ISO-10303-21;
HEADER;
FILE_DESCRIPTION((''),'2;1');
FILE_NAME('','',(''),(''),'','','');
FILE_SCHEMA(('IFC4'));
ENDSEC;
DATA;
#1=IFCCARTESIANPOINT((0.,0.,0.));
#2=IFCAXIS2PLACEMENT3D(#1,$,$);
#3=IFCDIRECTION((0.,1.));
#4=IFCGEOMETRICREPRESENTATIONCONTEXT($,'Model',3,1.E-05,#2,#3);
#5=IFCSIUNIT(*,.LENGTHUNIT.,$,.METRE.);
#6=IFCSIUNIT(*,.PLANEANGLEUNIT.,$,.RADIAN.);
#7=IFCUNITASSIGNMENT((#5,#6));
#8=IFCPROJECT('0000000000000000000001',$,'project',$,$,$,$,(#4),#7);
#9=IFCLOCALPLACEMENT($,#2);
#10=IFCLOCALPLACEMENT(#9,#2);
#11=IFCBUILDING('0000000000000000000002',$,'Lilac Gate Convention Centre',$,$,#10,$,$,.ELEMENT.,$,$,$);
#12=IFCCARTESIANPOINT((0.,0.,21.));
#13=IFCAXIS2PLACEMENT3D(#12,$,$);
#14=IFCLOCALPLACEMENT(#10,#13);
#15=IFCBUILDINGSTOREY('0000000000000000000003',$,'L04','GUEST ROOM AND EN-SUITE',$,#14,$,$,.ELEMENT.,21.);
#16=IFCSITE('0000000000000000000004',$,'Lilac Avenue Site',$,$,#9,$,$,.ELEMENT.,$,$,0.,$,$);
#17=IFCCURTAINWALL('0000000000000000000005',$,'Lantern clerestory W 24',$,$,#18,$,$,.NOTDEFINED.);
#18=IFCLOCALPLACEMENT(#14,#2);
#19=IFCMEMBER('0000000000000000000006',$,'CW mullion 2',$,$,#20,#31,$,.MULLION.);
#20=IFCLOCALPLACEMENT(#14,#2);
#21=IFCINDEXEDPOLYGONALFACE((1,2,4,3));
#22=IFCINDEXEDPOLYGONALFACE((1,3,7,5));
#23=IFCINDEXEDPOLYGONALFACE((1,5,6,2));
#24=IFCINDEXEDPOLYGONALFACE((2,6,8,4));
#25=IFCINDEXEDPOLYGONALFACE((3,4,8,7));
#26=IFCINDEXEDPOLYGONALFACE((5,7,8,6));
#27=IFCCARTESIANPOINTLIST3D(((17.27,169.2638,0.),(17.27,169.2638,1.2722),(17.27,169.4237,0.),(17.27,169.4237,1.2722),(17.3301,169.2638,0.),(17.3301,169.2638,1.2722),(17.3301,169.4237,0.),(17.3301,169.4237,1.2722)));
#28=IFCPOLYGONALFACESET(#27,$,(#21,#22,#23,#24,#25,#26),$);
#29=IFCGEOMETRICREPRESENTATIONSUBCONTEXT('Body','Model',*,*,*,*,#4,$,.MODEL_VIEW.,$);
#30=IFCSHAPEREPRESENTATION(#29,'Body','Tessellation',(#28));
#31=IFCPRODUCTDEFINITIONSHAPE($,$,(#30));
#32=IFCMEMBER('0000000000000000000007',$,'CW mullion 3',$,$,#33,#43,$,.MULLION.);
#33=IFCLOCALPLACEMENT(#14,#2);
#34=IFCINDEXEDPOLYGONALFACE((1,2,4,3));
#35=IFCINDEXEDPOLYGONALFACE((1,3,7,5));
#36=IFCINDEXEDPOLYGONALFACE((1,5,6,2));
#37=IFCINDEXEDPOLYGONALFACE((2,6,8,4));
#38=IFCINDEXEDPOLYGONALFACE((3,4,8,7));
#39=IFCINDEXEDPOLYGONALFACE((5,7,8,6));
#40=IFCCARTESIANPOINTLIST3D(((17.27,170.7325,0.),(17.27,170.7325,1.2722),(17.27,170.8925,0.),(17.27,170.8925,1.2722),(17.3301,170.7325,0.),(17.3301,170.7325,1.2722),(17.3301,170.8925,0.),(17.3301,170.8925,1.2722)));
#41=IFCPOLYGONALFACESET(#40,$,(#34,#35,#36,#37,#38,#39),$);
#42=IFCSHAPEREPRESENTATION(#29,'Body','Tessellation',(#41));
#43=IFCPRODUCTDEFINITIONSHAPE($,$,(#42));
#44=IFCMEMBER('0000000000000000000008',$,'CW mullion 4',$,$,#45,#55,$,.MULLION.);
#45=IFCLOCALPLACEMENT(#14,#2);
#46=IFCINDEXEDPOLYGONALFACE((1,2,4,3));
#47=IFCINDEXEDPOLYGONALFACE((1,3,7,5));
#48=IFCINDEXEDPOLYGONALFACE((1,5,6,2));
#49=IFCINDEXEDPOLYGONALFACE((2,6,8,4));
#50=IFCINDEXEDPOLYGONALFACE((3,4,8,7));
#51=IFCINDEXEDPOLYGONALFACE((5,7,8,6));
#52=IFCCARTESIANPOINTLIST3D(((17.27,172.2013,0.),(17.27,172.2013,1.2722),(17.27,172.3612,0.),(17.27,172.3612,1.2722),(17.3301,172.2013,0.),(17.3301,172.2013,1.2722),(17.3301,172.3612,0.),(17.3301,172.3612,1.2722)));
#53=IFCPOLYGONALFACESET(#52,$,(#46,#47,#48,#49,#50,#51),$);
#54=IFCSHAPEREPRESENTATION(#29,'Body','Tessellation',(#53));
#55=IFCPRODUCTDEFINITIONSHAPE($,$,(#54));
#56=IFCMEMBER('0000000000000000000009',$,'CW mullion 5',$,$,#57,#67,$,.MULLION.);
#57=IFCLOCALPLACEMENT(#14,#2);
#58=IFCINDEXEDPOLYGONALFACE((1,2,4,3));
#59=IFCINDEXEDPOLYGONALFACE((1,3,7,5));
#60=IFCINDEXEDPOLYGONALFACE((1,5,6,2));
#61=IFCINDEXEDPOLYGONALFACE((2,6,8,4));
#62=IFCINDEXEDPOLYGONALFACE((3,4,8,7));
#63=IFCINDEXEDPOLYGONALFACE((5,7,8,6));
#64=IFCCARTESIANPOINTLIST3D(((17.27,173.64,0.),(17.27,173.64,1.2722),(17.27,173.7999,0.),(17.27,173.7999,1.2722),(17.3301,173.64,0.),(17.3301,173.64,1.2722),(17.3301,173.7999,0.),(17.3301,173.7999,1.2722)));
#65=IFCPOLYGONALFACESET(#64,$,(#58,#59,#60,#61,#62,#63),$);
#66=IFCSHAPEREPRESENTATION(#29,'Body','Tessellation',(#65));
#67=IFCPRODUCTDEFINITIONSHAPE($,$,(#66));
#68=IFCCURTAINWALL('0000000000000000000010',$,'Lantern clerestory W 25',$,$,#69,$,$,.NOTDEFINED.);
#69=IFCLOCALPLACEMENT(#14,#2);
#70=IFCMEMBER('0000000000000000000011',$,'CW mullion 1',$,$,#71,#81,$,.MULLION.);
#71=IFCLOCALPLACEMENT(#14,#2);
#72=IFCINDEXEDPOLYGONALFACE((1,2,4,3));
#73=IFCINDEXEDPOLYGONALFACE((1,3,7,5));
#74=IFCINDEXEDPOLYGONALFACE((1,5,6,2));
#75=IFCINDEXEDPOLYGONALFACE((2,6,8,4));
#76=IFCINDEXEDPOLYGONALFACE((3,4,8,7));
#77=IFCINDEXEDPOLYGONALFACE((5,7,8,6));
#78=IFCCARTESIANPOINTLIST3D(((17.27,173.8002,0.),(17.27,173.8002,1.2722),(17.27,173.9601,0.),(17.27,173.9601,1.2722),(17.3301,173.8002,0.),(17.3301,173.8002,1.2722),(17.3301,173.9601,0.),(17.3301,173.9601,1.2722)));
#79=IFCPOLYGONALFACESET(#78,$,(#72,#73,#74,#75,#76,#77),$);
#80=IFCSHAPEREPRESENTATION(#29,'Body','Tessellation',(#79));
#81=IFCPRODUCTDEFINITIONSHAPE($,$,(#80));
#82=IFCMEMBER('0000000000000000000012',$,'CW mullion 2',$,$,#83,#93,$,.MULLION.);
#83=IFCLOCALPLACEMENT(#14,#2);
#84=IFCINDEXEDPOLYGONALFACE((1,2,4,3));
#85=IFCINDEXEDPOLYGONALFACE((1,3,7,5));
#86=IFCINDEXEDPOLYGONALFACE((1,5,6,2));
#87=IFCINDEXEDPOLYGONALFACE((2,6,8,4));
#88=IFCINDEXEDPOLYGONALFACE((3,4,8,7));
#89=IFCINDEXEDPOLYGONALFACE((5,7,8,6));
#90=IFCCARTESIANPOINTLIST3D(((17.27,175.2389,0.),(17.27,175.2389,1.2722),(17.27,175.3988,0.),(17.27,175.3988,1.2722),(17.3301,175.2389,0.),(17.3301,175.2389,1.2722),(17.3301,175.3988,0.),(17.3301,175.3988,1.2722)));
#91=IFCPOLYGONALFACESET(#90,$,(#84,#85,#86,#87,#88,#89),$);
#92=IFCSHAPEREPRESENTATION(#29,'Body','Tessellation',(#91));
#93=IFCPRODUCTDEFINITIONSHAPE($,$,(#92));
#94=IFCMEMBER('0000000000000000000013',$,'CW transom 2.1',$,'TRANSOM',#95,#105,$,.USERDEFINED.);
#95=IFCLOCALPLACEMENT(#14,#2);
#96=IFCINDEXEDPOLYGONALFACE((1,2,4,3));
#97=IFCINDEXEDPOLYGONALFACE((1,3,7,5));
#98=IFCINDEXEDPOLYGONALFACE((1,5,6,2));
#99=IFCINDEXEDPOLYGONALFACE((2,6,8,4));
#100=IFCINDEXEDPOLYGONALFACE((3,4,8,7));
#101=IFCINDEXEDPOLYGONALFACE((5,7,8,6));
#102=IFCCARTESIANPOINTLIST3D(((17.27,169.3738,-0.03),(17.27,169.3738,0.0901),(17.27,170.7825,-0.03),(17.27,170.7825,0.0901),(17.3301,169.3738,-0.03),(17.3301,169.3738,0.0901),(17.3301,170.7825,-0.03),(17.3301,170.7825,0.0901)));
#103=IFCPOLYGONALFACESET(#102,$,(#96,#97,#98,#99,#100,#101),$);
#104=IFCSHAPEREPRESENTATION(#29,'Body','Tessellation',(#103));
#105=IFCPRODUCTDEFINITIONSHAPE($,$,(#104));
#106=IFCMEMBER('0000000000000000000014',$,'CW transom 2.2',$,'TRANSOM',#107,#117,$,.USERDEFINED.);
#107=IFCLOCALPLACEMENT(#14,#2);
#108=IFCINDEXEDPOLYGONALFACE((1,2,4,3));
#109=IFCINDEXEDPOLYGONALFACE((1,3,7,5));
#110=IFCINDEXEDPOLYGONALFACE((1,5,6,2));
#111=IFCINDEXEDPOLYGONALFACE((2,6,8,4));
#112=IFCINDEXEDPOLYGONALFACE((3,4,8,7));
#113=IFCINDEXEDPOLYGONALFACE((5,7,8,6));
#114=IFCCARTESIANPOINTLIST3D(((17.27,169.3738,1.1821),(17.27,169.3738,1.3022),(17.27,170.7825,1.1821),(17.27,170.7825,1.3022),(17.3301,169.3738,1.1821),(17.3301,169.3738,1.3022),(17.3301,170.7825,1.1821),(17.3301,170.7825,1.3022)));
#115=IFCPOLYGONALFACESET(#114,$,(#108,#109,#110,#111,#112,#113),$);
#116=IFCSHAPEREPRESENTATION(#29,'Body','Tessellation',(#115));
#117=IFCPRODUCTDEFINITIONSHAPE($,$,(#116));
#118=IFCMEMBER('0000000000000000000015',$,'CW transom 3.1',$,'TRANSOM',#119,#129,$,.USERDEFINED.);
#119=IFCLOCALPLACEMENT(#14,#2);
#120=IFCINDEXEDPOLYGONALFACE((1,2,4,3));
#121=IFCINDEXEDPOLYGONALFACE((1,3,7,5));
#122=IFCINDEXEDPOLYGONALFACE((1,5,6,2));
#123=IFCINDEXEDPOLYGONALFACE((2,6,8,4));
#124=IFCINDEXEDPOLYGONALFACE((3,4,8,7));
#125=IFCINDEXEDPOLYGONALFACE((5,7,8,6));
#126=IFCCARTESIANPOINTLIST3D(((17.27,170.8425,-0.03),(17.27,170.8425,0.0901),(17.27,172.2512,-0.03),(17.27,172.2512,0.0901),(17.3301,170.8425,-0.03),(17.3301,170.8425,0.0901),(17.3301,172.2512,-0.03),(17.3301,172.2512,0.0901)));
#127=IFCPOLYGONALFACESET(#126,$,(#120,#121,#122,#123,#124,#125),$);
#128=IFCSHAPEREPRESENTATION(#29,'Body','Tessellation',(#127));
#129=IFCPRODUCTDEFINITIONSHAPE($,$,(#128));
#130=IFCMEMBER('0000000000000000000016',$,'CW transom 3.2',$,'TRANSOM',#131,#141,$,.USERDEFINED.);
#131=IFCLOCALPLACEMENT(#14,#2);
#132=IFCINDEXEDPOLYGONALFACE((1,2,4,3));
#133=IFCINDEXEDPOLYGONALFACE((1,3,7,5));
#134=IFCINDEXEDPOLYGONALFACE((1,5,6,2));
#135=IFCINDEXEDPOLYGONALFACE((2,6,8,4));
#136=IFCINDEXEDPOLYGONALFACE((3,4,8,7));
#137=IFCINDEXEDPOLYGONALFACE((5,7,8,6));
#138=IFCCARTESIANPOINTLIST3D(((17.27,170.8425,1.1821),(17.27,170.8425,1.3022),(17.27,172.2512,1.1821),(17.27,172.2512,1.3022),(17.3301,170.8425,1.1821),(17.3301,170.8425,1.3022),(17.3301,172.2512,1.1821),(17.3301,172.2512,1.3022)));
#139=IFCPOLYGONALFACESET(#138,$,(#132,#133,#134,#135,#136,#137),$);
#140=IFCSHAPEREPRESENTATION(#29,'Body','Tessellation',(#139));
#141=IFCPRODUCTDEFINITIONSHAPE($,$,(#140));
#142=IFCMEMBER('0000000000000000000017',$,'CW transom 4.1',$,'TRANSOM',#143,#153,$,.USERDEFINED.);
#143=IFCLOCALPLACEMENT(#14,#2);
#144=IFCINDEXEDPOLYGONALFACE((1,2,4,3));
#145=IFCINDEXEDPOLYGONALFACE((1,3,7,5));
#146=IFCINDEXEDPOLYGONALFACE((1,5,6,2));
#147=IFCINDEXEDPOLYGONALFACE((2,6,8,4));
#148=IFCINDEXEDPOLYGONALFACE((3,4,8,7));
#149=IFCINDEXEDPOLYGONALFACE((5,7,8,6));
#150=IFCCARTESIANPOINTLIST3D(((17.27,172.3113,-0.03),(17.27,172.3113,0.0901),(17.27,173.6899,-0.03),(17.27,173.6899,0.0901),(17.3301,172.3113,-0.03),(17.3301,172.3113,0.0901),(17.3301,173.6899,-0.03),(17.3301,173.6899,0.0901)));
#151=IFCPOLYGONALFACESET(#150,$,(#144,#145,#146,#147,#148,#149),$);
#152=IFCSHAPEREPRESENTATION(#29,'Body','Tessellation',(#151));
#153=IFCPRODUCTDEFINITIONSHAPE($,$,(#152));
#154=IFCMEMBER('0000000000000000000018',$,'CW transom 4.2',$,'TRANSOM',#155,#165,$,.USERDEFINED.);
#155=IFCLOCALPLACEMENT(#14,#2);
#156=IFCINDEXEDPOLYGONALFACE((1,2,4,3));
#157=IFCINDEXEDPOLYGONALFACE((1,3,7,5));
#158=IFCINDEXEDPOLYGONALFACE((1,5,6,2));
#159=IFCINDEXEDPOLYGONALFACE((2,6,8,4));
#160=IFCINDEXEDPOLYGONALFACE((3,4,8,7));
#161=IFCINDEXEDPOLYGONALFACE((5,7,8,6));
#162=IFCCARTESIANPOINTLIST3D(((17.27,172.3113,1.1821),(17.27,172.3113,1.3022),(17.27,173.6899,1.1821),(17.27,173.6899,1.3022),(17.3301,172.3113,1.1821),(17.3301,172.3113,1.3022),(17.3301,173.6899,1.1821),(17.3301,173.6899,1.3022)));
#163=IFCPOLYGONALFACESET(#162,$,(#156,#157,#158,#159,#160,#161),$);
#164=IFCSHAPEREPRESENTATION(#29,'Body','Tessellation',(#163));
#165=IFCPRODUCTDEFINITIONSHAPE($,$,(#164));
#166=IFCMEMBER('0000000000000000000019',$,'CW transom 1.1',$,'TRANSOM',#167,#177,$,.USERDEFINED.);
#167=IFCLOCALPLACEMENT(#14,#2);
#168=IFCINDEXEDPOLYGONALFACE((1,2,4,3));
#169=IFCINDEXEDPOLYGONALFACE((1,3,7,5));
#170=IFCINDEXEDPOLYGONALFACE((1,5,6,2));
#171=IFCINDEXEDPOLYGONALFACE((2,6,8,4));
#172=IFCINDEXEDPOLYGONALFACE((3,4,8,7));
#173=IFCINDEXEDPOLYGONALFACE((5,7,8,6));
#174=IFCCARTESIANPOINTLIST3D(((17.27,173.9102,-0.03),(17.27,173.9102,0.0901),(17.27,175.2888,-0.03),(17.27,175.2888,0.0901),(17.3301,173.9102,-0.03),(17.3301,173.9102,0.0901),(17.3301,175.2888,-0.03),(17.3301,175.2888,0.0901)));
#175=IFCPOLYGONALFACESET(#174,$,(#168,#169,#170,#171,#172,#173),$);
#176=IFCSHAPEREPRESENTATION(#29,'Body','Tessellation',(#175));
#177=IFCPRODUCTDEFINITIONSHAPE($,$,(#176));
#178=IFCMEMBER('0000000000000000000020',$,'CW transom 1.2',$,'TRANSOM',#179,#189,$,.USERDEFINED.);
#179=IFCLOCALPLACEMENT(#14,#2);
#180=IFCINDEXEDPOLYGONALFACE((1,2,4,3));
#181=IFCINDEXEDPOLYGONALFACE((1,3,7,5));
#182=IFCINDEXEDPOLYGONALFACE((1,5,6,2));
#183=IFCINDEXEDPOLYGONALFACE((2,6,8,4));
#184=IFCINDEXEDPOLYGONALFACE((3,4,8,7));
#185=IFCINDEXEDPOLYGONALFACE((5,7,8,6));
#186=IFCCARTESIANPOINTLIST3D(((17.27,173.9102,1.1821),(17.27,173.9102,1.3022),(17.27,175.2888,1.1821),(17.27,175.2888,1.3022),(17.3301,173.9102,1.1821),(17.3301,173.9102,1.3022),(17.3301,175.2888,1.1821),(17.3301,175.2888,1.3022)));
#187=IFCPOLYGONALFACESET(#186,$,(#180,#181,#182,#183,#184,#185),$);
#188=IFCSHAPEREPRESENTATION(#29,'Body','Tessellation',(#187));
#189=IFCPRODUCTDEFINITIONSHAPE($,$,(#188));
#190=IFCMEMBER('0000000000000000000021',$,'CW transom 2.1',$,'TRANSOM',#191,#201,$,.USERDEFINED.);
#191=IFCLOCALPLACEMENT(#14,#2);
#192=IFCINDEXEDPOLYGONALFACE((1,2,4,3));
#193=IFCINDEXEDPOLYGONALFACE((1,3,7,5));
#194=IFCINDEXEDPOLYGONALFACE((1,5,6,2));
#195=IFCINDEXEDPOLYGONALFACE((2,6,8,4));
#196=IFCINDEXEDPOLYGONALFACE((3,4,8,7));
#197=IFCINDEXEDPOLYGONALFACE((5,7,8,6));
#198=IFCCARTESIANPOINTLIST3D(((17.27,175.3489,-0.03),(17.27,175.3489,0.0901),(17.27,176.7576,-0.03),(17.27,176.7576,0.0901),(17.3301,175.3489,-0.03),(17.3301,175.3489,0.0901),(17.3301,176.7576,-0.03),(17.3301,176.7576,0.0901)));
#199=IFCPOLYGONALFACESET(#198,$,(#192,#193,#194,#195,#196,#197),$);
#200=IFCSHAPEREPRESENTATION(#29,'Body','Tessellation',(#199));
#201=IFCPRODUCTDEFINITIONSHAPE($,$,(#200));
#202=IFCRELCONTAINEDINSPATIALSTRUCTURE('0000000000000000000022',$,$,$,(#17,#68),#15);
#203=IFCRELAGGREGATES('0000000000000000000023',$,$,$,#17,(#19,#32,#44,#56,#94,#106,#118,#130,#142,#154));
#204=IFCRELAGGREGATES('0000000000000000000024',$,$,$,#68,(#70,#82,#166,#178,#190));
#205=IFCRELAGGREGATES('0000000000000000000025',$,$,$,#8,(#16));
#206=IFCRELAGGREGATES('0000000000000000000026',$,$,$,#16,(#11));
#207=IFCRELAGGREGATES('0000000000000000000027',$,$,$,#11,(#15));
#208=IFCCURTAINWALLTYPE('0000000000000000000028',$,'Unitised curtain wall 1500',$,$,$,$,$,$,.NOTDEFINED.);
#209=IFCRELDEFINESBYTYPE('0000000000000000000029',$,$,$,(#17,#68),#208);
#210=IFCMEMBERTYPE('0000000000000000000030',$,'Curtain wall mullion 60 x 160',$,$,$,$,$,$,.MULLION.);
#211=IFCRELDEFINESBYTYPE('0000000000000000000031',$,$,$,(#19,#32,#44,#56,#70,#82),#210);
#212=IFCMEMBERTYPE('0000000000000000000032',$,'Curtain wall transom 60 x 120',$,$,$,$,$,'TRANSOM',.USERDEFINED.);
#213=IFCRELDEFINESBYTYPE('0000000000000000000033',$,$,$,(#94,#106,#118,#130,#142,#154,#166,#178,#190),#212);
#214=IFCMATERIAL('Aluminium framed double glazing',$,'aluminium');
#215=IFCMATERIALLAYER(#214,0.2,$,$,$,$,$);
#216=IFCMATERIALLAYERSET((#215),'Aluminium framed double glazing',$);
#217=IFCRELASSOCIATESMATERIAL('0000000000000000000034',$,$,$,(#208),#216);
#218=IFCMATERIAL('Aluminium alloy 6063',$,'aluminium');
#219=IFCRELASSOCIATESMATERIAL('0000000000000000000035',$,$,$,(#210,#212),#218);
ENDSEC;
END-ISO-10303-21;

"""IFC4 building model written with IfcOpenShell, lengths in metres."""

from ifc_helpers import new_model, si_unit, direction, frame, origin, origin_2d, place, context, subcontext, project, spatial, rectangle, extrude, material, layer, layer_set, material_profile, profile_set, type_object, element, aggregate, save


model = new_model("IFC4")

# Units and contexts
model_context = context("Model", 3, precision=1e-05, world=origin(), true_north=direction((0.0, 1.0)))
body_context = subcontext(model_context, "Body", "Model", "MODEL_VIEW")
ifc_project = project(units=[si_unit("LENGTHUNIT", "METRE"), si_unit("PLANEANGLEUNIT", "RADIAN")], contexts=[model_context])

# Site, building, storey
site_placement = place(None, origin())
site = spatial("IfcSite", under=ifc_project, at=site_placement, Name="Lilac Avenue Site", CompositionType="ELEMENT", RefElevation=0.0)
building_placement = place(site_placement, origin())
building = spatial("IfcBuilding", under=site, at=building_placement, Name="Lilac Gate Convention Centre", CompositionType="ELEMENT")
storey_placement = place(building_placement, frame((0.0, 0.0, 21.0)))
storey = spatial("IfcBuildingStorey", under=building, at=storey_placement, Name="L04", Description="GUEST ROOM AND EN-SUITE", CompositionType="ELEMENT", Elevation=21.0)

# Curtain walls, members
ifc_material_1 = material(Name="Aluminium framed double glazing", Category="aluminium")
ifc_layer_1 = layer(ifc_material_1, 0.2)
ifc_layer_set_1 = layer_set([ifc_layer_1], Name="Aluminium framed double glazing")
curtain_wall_type = type_object("IfcCurtainWallType", Name="Unitised curtain wall 1500", PredefinedType="NOTDEFINED", material=ifc_layer_set_1)
curtain_wall_1_placement = place(storey_placement, origin())
curtain_wall_1 = element("IfcCurtainWall", 1, at=curtain_wall_1_placement, inside=storey, type_object=curtain_wall_type, Name="Lantern clerestory W 24", PredefinedType="NOTDEFINED")
ifc_material_2 = material(Name="Aluminium alloy 6063", Category="aluminium")
ifc_material_profile_1 = material_profile(ifc_material_2, rectangle(XDim=0.0601, YDim=0.1599, at=origin_2d()), Name="Curtain wall mullion 60 x 160")
ifc_profile_set_1 = profile_set([ifc_material_profile_1], Name="Aluminium alloy 6063")
member_type_1 = type_object("IfcMemberType", Name="Curtain wall mullion 60 x 160", PredefinedType="MULLION", material=ifc_profile_set_1)
member_1_placement = place(storey_placement, frame((17.3, 169.3438, 0.0), z_axis=(0.0, 0.0, 1.0), x_axis=(-1.0, 0.0, 0.0)))
member_1 = element("IfcMember", 2, at=member_1_placement, type_object=member_type_1, Name="CW mullion 2", PredefinedType="MULLION", context=body_context, shape_type="SweptSolid", body=[
    extrude(rectangle(XDim=0.0601, YDim=0.1599, at=origin_2d()), origin(), (0.0, 0.0, 1.0), 1.2722),
])
member_2_placement = place(storey_placement, frame((17.3, 170.8125, 0.0), z_axis=(0.0, 0.0, 1.0), x_axis=(-1.0, 0.0, 0.0)))
member_2 = element("IfcMember", 3, at=member_2_placement, type_object=member_type_1, Name="CW mullion 3", PredefinedType="MULLION", context=body_context, shape_type="SweptSolid", body=[
    extrude(rectangle(XDim=0.0601, YDim=0.1599, at=origin_2d()), origin(), (0.0, 0.0, 1.0), 1.2722),
])
member_3_placement = place(storey_placement, frame((17.3, 172.2812, 0.0), z_axis=(0.0, 0.0, 1.0), x_axis=(-1.0, 0.0, 0.0)))
member_3 = element("IfcMember", 4, at=member_3_placement, type_object=member_type_1, Name="CW mullion 4", PredefinedType="MULLION", context=body_context, shape_type="SweptSolid", body=[
    extrude(rectangle(XDim=0.0601, YDim=0.1599, at=origin_2d()), origin(), (0.0, 0.0, 1.0), 1.2722),
])
member_4_placement = place(storey_placement, frame((17.3, 173.72, 0.0), z_axis=(0.0, 0.0, 1.0), x_axis=(-1.0, 0.0, 0.0)))
member_4 = element("IfcMember", 5, at=member_4_placement, type_object=member_type_1, Name="CW mullion 5", PredefinedType="MULLION", context=body_context, shape_type="SweptSolid", body=[
    extrude(rectangle(XDim=0.0601, YDim=0.1599, at=origin_2d()), origin(), (0.0, 0.0, 1.0), 1.2722),
])
curtain_wall_2_placement = place(storey_placement, origin())
curtain_wall_2 = element("IfcCurtainWall", 6, at=curtain_wall_2_placement, inside=storey, type_object=curtain_wall_type, Name="Lantern clerestory W 25", PredefinedType="NOTDEFINED")
member_5_placement = place(storey_placement, frame((17.3, 173.8801, 0.0), z_axis=(0.0, 0.0, 1.0), x_axis=(-1.0, 0.0, 0.0)))
member_5 = element("IfcMember", 7, at=member_5_placement, type_object=member_type_1, Name="CW mullion 1", PredefinedType="MULLION", context=body_context, shape_type="SweptSolid", body=[
    extrude(rectangle(XDim=0.0601, YDim=0.1599, at=origin_2d()), origin(), (0.0, 0.0, 1.0), 1.2722),
])
member_6_placement = place(storey_placement, frame((17.3, 175.3188, 0.0), z_axis=(0.0, 0.0, 1.0), x_axis=(-1.0, 0.0, 0.0)))
member_6 = element("IfcMember", 8, at=member_6_placement, type_object=member_type_1, Name="CW mullion 2", PredefinedType="MULLION", context=body_context, shape_type="SweptSolid", body=[
    extrude(rectangle(XDim=0.0601, YDim=0.1599, at=origin_2d()), origin(), (0.0, 0.0, 1.0), 1.2722),
])

# Members
ifc_material_profile_2 = material_profile(ifc_material_2, rectangle(XDim=0.0601, YDim=0.1201, at=origin_2d()), Name="Curtain wall transom 60 x 120")
ifc_profile_set_2 = profile_set([ifc_material_profile_2], Name="Aluminium alloy 6063")
member_type_2 = type_object("IfcMemberType", Name="Curtain wall transom 60 x 120", ElementType="TRANSOM", PredefinedType="USERDEFINED", material=ifc_profile_set_2)
member_7_placement = place(storey_placement, frame((17.3, 169.3738, 0.03), z_axis=(0.0, 1.0, 0.0), x_axis=(-1.0, 0.0, 0.0)))
member_7 = element("IfcMember", 9, at=member_7_placement, type_object=member_type_2, Name="CW transom 2.1", ObjectType="TRANSOM", PredefinedType="USERDEFINED", context=body_context, shape_type="SweptSolid", body=[
    extrude(rectangle(XDim=0.0601, YDim=0.1201, at=origin_2d()), origin(), (0.0, 0.0, 1.0), 1.4087),
])
member_8_placement = place(storey_placement, frame((17.3, 169.3738, 1.2422), z_axis=(0.0, 1.0, 0.0), x_axis=(-1.0, 0.0, 0.0)))
member_8 = element("IfcMember", 10, at=member_8_placement, type_object=member_type_2, Name="CW transom 2.2", ObjectType="TRANSOM", PredefinedType="USERDEFINED", context=body_context, shape_type="SweptSolid", body=[
    extrude(rectangle(XDim=0.0601, YDim=0.1201, at=origin_2d()), origin(), (0.0, 0.0, 1.0), 1.4087),
])
member_9_placement = place(storey_placement, frame((17.3, 170.8425, 0.03), z_axis=(0.0, 1.0, 0.0), x_axis=(-1.0, 0.0, 0.0)))
member_9 = element("IfcMember", 11, at=member_9_placement, type_object=member_type_2, Name="CW transom 3.1", ObjectType="TRANSOM", PredefinedType="USERDEFINED", context=body_context, shape_type="SweptSolid", body=[
    extrude(rectangle(XDim=0.0601, YDim=0.1201, at=origin_2d()), origin(), (0.0, 0.0, 1.0), 1.4087),
])
member_10_placement = place(storey_placement, frame((17.3, 170.8425, 1.2422), z_axis=(0.0, 1.0, 0.0), x_axis=(-1.0, 0.0, 0.0)))
member_10 = element("IfcMember", 12, at=member_10_placement, type_object=member_type_2, Name="CW transom 3.2", ObjectType="TRANSOM", PredefinedType="USERDEFINED", context=body_context, shape_type="SweptSolid", body=[
    extrude(rectangle(XDim=0.0601, YDim=0.1201, at=origin_2d()), origin(), (0.0, 0.0, 1.0), 1.4087),
])
member_11_placement = place(storey_placement, frame((17.3, 172.3113, 0.03), z_axis=(0.0, 1.0, 0.0), x_axis=(-1.0, 0.0, 0.0)))
member_11 = element("IfcMember", 13, at=member_11_placement, type_object=member_type_2, Name="CW transom 4.1", ObjectType="TRANSOM", PredefinedType="USERDEFINED", context=body_context, shape_type="SweptSolid", body=[
    extrude(rectangle(XDim=0.0601, YDim=0.1201, at=origin_2d()), origin(), (0.0, 0.0, 1.0), 1.3787),
])
member_12_placement = place(storey_placement, frame((17.3, 172.3113, 1.2422), z_axis=(0.0, 1.0, 0.0), x_axis=(-1.0, 0.0, 0.0)))
member_12 = element("IfcMember", 14, at=member_12_placement, type_object=member_type_2, Name="CW transom 4.2", ObjectType="TRANSOM", PredefinedType="USERDEFINED", context=body_context, shape_type="SweptSolid", body=[
    extrude(rectangle(XDim=0.0601, YDim=0.1201, at=origin_2d()), origin(), (0.0, 0.0, 1.0), 1.3787),
])
member_13_placement = place(storey_placement, frame((17.3, 173.9102, 0.03), z_axis=(0.0, 1.0, 0.0), x_axis=(-1.0, 0.0, 0.0)))
member_13 = element("IfcMember", 15, at=member_13_placement, type_object=member_type_2, Name="CW transom 1.1", ObjectType="TRANSOM", PredefinedType="USERDEFINED", context=body_context, shape_type="SweptSolid", body=[
    extrude(rectangle(XDim=0.0601, YDim=0.1201, at=origin_2d()), origin(), (0.0, 0.0, 1.0), 1.3787),
])
member_14_placement = place(storey_placement, frame((17.3, 173.9102, 1.2422), z_axis=(0.0, 1.0, 0.0), x_axis=(-1.0, 0.0, 0.0)))
member_14 = element("IfcMember", 16, at=member_14_placement, type_object=member_type_2, Name="CW transom 1.2", ObjectType="TRANSOM", PredefinedType="USERDEFINED", context=body_context, shape_type="SweptSolid", body=[
    extrude(rectangle(XDim=0.0601, YDim=0.1201, at=origin_2d()), origin(), (0.0, 0.0, 1.0), 1.3787),
])
member_15_placement = place(storey_placement, frame((17.3, 175.3489, 0.03), z_axis=(0.0, 1.0, 0.0), x_axis=(-1.0, 0.0, 0.0)))
member_15 = element("IfcMember", 17, at=member_15_placement, type_object=member_type_2, Name="CW transom 2.1", ObjectType="TRANSOM", PredefinedType="USERDEFINED", context=body_context, shape_type="SweptSolid", body=[
    extrude(rectangle(XDim=0.0601, YDim=0.1201, at=origin_2d()), origin(), (0.0, 0.0, 1.0), 1.4087),
])

aggregate(curtain_wall_1, [member_1, member_2, member_3, member_4, member_7, member_8, member_9, member_10, member_11, member_12])
aggregate(curtain_wall_2, [member_5, member_6, member_13, member_14, member_15])

save(model, "model.ifc")
